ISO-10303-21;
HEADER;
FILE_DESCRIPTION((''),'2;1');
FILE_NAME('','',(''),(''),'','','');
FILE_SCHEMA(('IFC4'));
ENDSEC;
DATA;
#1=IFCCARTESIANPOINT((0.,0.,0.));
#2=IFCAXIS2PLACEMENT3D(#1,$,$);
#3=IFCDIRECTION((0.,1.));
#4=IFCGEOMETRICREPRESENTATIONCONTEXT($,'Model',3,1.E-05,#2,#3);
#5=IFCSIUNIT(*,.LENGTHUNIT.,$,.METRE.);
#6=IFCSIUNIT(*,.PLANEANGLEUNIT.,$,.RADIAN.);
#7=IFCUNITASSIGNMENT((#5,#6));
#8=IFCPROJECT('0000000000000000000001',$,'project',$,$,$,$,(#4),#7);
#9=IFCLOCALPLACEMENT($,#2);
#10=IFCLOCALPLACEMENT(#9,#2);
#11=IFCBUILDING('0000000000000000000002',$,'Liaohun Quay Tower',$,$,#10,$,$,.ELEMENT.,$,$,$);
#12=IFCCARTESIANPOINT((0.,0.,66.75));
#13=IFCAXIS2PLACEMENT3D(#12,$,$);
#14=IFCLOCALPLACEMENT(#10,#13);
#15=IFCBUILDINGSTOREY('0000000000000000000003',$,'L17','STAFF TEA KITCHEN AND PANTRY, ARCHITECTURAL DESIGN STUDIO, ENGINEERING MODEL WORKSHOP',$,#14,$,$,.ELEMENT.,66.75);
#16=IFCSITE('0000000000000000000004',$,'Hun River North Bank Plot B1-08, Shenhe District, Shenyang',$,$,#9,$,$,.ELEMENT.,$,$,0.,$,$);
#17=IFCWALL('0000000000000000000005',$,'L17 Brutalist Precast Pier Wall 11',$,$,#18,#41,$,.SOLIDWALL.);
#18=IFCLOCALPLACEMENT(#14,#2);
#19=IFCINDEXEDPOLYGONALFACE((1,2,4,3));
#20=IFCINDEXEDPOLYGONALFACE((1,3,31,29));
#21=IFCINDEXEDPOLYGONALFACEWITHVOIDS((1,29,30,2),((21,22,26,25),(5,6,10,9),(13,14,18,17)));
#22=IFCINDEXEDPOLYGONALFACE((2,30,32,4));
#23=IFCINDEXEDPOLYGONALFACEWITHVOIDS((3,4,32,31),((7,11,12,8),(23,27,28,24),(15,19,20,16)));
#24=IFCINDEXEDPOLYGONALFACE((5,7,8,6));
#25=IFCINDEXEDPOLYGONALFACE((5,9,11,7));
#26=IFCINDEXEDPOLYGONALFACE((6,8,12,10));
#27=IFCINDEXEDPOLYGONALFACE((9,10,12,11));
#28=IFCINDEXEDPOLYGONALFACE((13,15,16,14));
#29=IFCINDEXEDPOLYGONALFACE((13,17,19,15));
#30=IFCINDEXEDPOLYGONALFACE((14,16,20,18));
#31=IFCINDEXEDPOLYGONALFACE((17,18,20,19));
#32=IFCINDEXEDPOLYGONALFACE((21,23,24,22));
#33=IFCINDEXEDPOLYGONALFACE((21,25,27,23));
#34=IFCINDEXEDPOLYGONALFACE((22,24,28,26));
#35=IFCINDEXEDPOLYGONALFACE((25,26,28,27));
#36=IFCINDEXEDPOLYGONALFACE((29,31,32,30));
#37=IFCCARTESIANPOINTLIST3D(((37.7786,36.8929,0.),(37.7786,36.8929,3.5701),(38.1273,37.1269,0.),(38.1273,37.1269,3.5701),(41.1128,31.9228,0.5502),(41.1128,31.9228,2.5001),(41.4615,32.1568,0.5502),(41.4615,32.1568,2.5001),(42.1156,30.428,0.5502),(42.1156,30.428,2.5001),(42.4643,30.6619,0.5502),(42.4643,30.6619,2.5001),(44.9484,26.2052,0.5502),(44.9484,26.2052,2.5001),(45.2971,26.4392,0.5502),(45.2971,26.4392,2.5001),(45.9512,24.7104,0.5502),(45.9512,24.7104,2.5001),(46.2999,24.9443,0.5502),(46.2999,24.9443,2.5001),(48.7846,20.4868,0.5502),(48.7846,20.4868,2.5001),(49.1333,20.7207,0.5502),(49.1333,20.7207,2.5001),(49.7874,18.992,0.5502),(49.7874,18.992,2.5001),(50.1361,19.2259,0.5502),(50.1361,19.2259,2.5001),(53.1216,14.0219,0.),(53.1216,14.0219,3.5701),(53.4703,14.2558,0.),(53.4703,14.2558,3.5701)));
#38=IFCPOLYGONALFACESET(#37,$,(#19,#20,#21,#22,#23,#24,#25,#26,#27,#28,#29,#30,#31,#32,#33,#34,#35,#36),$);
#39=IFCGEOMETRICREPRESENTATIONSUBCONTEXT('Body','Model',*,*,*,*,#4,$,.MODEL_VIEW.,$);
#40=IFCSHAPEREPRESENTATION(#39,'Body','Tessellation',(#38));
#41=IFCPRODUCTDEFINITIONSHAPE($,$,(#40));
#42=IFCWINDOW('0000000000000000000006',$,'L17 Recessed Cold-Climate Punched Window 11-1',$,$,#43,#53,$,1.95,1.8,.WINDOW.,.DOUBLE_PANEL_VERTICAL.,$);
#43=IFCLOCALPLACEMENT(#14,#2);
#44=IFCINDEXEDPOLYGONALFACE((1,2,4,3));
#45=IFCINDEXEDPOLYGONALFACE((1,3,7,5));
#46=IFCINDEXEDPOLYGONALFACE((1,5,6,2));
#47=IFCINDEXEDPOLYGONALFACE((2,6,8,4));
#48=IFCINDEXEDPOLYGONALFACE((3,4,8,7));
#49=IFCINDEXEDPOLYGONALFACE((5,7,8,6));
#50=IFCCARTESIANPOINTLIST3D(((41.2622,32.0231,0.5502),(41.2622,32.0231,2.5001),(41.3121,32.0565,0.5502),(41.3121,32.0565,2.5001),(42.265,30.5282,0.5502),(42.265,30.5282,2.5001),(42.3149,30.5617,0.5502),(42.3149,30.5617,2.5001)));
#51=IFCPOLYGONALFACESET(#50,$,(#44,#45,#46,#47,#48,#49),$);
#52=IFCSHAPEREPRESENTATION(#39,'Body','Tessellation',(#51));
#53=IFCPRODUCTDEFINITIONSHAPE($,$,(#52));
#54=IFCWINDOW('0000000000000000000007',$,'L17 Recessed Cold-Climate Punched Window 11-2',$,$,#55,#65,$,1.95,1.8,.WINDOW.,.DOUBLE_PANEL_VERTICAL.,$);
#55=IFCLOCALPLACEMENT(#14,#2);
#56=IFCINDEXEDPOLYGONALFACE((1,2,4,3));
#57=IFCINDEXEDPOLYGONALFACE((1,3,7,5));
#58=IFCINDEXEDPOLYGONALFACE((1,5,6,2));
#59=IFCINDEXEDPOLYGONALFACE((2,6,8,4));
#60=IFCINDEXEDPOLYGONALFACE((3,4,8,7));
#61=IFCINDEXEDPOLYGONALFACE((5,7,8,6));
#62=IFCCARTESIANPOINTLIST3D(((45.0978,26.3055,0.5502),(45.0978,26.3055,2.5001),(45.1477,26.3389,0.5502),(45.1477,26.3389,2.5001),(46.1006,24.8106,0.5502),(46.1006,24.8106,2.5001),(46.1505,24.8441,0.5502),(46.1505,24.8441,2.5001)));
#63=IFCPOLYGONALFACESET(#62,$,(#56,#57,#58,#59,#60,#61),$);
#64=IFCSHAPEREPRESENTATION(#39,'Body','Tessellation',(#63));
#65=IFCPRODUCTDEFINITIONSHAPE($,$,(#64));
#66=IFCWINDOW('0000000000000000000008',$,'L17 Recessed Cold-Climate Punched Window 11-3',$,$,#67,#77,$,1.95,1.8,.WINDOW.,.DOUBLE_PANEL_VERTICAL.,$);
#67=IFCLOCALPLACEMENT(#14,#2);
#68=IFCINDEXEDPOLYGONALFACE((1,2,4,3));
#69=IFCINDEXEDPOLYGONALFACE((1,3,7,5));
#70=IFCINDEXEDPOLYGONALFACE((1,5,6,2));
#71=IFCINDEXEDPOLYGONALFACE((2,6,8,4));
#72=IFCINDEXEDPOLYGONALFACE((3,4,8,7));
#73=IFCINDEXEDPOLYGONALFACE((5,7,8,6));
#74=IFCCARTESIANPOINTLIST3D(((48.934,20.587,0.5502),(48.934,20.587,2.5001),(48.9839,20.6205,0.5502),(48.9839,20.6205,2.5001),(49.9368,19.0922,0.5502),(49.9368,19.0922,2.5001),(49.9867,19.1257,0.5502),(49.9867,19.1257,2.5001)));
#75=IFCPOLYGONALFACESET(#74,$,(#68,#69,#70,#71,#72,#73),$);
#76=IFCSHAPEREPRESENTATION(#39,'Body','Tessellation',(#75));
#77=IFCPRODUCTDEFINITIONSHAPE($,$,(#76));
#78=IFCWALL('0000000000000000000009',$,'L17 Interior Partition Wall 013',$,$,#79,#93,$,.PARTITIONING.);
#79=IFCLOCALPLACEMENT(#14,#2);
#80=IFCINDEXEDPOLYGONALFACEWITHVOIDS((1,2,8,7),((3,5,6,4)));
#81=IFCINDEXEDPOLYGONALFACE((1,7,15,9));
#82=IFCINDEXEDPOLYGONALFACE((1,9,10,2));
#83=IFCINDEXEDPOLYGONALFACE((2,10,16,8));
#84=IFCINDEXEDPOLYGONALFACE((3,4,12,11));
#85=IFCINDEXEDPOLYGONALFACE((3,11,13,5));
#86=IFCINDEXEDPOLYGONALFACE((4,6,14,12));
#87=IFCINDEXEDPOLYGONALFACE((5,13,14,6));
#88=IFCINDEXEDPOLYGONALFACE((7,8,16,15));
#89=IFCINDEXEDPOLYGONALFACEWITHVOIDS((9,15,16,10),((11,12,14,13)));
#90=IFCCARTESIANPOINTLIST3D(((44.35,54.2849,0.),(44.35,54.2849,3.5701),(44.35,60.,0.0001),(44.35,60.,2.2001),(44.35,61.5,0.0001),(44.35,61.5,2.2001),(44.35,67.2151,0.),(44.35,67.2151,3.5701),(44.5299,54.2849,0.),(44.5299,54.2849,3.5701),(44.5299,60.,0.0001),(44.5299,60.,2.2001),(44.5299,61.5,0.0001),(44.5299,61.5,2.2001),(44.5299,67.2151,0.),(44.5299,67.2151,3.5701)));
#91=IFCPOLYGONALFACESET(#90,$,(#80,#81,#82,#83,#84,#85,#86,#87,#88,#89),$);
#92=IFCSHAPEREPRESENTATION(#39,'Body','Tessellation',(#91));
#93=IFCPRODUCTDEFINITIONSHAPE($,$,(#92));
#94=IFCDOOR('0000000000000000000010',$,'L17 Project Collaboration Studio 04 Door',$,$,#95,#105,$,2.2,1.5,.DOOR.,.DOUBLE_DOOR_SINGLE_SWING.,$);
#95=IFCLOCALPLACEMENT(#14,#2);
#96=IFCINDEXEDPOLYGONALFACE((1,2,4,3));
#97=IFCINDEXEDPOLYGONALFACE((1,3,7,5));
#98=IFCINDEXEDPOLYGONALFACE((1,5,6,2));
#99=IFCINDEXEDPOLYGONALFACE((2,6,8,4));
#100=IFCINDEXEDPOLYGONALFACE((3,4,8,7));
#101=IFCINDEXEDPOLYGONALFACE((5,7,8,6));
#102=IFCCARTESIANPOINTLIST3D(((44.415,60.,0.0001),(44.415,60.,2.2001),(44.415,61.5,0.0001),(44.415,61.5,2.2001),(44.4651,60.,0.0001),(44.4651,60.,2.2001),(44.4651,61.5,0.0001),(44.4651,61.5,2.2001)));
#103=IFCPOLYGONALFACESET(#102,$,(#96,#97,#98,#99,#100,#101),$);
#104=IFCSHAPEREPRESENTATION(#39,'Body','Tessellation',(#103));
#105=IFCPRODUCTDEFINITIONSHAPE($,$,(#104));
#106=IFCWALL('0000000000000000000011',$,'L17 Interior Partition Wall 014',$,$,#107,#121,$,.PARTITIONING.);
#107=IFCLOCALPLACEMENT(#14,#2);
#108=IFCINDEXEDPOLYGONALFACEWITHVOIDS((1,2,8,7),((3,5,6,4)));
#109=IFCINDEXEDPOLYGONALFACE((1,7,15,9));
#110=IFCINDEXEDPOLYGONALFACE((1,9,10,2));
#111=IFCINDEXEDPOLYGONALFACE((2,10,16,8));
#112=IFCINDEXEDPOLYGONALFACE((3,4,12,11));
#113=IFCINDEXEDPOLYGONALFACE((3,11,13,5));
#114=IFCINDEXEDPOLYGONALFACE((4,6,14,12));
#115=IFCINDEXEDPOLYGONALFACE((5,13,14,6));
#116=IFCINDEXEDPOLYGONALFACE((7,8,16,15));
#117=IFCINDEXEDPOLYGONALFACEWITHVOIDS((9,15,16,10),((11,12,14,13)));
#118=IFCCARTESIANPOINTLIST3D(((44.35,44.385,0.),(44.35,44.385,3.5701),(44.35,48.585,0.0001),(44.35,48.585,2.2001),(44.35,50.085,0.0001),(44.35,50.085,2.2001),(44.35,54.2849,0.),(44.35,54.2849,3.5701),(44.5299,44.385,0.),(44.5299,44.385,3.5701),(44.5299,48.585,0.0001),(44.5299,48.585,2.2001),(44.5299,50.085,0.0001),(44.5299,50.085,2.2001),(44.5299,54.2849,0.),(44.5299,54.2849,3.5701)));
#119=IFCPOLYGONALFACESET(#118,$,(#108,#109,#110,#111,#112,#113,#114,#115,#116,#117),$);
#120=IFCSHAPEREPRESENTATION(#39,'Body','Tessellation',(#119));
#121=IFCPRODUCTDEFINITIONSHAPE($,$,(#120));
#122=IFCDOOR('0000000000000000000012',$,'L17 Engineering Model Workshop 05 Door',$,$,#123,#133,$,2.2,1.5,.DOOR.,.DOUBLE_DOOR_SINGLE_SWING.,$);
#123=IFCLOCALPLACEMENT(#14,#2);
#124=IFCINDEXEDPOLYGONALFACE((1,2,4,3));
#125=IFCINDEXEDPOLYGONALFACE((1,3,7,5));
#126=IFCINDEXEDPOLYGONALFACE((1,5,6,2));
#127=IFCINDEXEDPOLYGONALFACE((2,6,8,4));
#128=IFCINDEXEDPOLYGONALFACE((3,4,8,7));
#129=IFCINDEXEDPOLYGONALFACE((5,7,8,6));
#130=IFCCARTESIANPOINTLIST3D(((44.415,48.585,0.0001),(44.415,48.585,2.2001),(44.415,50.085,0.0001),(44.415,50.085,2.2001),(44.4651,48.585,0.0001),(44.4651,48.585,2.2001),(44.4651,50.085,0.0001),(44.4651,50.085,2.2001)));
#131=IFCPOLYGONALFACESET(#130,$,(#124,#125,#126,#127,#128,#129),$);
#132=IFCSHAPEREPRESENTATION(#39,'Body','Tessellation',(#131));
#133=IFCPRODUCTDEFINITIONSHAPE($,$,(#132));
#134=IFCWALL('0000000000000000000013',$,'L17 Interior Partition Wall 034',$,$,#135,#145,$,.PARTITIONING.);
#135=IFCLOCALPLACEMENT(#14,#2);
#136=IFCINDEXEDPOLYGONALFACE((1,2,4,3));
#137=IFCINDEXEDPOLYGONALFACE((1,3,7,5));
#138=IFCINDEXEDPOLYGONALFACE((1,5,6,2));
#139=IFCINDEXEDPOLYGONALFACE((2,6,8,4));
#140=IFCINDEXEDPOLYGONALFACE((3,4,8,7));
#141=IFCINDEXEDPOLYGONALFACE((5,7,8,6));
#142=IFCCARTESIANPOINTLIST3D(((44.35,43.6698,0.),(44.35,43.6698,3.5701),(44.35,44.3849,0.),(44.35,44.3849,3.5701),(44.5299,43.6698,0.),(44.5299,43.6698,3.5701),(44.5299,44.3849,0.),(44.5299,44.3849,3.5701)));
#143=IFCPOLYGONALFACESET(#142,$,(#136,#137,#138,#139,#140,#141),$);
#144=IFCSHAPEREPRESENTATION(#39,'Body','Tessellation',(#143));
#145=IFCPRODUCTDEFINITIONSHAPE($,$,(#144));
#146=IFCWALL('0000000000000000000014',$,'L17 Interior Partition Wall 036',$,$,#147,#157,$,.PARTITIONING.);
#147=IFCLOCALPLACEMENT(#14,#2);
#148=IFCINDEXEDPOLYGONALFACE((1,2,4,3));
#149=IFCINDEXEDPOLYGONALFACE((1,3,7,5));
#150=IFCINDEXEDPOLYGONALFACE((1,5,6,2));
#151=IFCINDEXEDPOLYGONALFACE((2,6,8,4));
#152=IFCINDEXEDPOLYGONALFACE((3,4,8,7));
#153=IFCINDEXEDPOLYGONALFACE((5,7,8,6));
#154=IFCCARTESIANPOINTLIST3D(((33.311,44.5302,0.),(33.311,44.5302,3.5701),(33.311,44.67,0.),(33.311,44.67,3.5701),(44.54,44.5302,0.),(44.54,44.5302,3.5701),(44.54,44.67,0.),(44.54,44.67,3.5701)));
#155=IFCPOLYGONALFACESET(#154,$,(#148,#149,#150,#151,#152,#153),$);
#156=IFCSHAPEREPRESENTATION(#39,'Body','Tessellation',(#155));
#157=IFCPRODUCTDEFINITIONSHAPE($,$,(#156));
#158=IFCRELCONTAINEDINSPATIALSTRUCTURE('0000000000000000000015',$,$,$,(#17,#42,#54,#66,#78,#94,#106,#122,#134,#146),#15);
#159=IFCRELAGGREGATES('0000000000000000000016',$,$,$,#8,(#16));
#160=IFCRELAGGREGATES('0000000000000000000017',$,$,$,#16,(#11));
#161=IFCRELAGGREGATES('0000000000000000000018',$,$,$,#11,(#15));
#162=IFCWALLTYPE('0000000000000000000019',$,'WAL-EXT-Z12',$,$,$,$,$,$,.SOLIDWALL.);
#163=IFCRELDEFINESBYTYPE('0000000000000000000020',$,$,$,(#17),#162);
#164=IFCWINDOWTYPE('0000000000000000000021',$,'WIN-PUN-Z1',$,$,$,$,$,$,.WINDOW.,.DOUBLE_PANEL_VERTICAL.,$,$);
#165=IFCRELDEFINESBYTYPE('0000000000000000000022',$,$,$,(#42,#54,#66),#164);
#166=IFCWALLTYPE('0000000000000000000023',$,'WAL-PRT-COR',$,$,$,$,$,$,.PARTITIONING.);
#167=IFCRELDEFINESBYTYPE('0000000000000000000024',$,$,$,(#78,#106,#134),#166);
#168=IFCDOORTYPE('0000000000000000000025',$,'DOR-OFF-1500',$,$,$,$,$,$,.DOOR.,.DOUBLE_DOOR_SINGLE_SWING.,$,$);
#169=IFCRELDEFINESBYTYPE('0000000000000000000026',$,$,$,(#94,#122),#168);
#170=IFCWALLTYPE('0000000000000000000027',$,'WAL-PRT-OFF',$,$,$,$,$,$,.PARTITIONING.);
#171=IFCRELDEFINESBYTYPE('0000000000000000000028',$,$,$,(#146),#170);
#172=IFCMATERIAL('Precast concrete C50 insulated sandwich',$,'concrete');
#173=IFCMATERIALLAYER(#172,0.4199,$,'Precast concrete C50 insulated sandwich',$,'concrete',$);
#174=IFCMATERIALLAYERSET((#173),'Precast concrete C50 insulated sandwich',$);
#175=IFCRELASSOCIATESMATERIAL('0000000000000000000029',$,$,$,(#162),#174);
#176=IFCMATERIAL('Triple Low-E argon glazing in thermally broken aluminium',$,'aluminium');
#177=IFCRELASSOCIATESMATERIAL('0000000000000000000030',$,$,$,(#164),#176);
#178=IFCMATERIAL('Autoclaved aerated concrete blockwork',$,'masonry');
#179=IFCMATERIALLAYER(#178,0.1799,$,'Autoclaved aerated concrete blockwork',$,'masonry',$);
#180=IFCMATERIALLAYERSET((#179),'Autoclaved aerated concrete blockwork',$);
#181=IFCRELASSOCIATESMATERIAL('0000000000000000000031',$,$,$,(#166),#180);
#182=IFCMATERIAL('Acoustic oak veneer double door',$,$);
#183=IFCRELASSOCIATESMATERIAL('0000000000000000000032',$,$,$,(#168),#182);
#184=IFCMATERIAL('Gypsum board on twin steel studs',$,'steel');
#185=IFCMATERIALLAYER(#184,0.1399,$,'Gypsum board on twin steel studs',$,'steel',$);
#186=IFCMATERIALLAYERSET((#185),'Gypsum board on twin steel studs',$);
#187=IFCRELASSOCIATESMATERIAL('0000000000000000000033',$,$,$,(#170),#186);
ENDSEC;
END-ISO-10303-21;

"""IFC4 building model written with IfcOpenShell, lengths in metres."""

from ifc_helpers import new_model, si_unit, direction, frame, frame_2d, origin, place, context, subcontext, project, spatial, rectangle, extrude, source, transform, mapped, material, layer, layer_set, type_object, element, fill, save


model = new_model("IFC4")

# Units and contexts
model_context = context("Model", 3, precision=1e-05, world=origin(), true_north=direction((0.0, 1.0)))
body_context = subcontext(model_context, "Body", "Model", "MODEL_VIEW")
ifc_project = project(units=[si_unit("LENGTHUNIT", "METRE"), si_unit("PLANEANGLEUNIT", "RADIAN")], contexts=[model_context])

# Site, building, storey
site_placement = place(None, origin())
site = spatial("IfcSite", under=ifc_project, at=site_placement, Name="Hun River North Bank Plot B1-08, Shenhe District, Shenyang", CompositionType="ELEMENT", RefElevation=0.0)
building_placement = place(site_placement, origin())
building = spatial("IfcBuilding", under=site, at=building_placement, Name="Liaohun Quay Tower", CompositionType="ELEMENT")
storey_placement = place(building_placement, frame((0.0, 0.0, 66.75)))
storey = spatial("IfcBuildingStorey", under=building, at=storey_placement, Name="L17", Description="STAFF TEA KITCHEN AND PANTRY, ARCHITECTURAL DESIGN STUDIO, ENGINEERING MODEL WORKSHOP", CompositionType="ELEMENT", Elevation=66.75)

# Wall, openings, windows
ifc_material_1 = material(Name="Precast concrete C50 insulated sandwich", Category="concrete")
ifc_layer_1 = layer(ifc_material_1, 0.4199, Name="Precast concrete C50 insulated sandwich", Category="concrete")
ifc_layer_set_1 = layer_set([ifc_layer_1], Name="Precast concrete C50 insulated sandwich")
wall_type_1 = type_object("IfcWallType", Name="WAL-EXT-Z12", PredefinedType="SOLIDWALL", material=ifc_layer_set_1)
wall_1_placement = place(storey_placement, frame((37.9529, 37.01, 0.0), z_axis=(0.0, 0.0, 1.0), x_axis=(0.557102, -0.830444, 0.0)))
wall_1 = element("IfcWall", 1, at=wall_1_placement, inside=storey, type_object=wall_type_1, Name="L17 Brutalist Precast Pier Wall 11", PredefinedType="SOLIDWALL", context=body_context, shape_type="SweptSolid", body=[
    extrude(rectangle(XDim=27.5408, YDim=0.4199, at=frame_2d((13.7705, 0.0))), origin(), (0.0, 0.0, 1.0), 3.5701),
])
shared_shape_1 = source(origin(), body_context, "Body", "SweptSolid", [
    extrude(rectangle(XDim=1.8, YDim=1.95, at=frame_2d((0.8999, 0.9751))), frame((0.0, 0.22, 0.0), z_axis=(0.0, -1.0, 0.0), x_axis=(1.0, 0.0, 0.0)), (0.0, 0.0, 1.0), 0.4399),
])
opening_1_placement = place(wall_1_placement, frame((5.9851, 0.0, 0.55)))
opening_1 = element("IfcOpeningElement", 2, at=opening_1_placement, cuts=wall_1, PredefinedType="OPENING", context=body_context, shape_type="MappedRepresentation", body=[
    mapped(shared_shape_1, transform((0.0, 0.0, 0.0), x_axis=(1.0, 0.0, 0.0), y_axis=(0.0, 1.0, 0.0), z_axis=(0.0, 0.0, 1.0), scale=1.0)),
])
opening_2_placement = place(wall_1_placement, frame((12.8701, 0.0, 0.55)))
opening_2 = element("IfcOpeningElement", 3, at=opening_2_placement, cuts=wall_1, PredefinedType="OPENING", context=body_context, shape_type="MappedRepresentation", body=[
    mapped(shared_shape_1, transform((0.0, 0.0, 0.0), x_axis=(1.0, 0.0, 0.0), y_axis=(0.0, 1.0, 0.0), z_axis=(0.0, 0.0, 1.0), scale=1.0)),
])
opening_3_placement = place(wall_1_placement, frame((19.7561, 0.0, 0.55)))
opening_3 = element("IfcOpeningElement", 4, at=opening_3_placement, cuts=wall_1, PredefinedType="OPENING", context=body_context, shape_type="MappedRepresentation", body=[
    mapped(shared_shape_1, transform((0.0, 0.0, 0.0), x_axis=(1.0, 0.0, 0.0), y_axis=(0.0, 1.0, 0.0), z_axis=(0.0, 0.0, 1.0), scale=1.0)),
])
ifc_material_2 = material(Name="Triple Low-E argon glazing in thermally broken aluminium", Category="aluminium")
window_type = type_object("IfcWindowType", Name="WIN-PUN-Z1", PartitioningType="DOUBLE_PANEL_VERTICAL", PredefinedType="WINDOW", material=ifc_material_2)
shared_shape_2 = source(origin(), body_context, "Body", "SweptSolid", [
    extrude(rectangle(XDim=1.8, YDim=1.95, at=frame_2d((0.8999, 0.9751))), frame((0.0, 0.03, 0.0), z_axis=(0.0, -1.0, 0.0), x_axis=(1.0, 0.0, 0.0)), (0.0, 0.0, 1.0), 0.0601),
])
window_1_placement = place(opening_1_placement, origin())
window_1 = element("IfcWindow", 5, at=window_1_placement, inside=storey, type_object=window_type, Name="L17 Recessed Cold-Climate Punched Window 11-1", OverallHeight=1.95, OverallWidth=1.8, PartitioningType="DOUBLE_PANEL_VERTICAL", PredefinedType="WINDOW", context=body_context, shape_type="MappedRepresentation", body=[
    mapped(shared_shape_2, transform((0.0, 0.0, 0.0), x_axis=(1.0, 0.0, 0.0), y_axis=(0.0, 1.0, 0.0), z_axis=(0.0, 0.0, 1.0), scale=1.0)),
])
fill(opening_1, window_1)
window_2_placement = place(opening_2_placement, origin())
window_2 = element("IfcWindow", 6, at=window_2_placement, inside=storey, type_object=window_type, Name="L17 Recessed Cold-Climate Punched Window 11-2", OverallHeight=1.95, OverallWidth=1.8, PartitioningType="DOUBLE_PANEL_VERTICAL", PredefinedType="WINDOW", context=body_context, shape_type="MappedRepresentation", body=[
    mapped(shared_shape_2, transform((0.0, 0.0, 0.0), x_axis=(1.0, 0.0, 0.0), y_axis=(0.0, 1.0, 0.0), z_axis=(0.0, 0.0, 1.0), scale=1.0)),
])
fill(opening_2, window_2)
window_3_placement = place(opening_3_placement, origin())
window_3 = element("IfcWindow", 7, at=window_3_placement, inside=storey, type_object=window_type, Name="L17 Recessed Cold-Climate Punched Window 11-3", OverallHeight=1.95, OverallWidth=1.8, PartitioningType="DOUBLE_PANEL_VERTICAL", PredefinedType="WINDOW", context=body_context, shape_type="MappedRepresentation", body=[
    mapped(shared_shape_2, transform((0.0, 0.0, 0.0), x_axis=(1.0, 0.0, 0.0), y_axis=(0.0, 1.0, 0.0), z_axis=(0.0, 0.0, 1.0), scale=1.0)),
])
fill(opening_3, window_3)

# Walls, openings, doors
ifc_material_3 = material(Name="Autoclaved aerated concrete blockwork", Category="masonry")
ifc_layer_2 = layer(ifc_material_3, 0.1799, Name="Autoclaved aerated concrete blockwork", Category="masonry")
ifc_layer_set_2 = layer_set([ifc_layer_2], Name="Autoclaved aerated concrete blockwork")
wall_type_2 = type_object("IfcWallType", Name="WAL-PRT-COR", PredefinedType="PARTITIONING", material=ifc_layer_set_2)
wall_2_placement = place(storey_placement, frame((44.4399, 54.2849, 0.0), z_axis=(0.0, 0.0, 1.0), x_axis=(0.0, 1.0, 0.0)))
wall_2 = element("IfcWall", 8, at=wall_2_placement, inside=storey, type_object=wall_type_2, Name="L17 Interior Partition Wall 013", PredefinedType="PARTITIONING", context=body_context, shape_type="SweptSolid", body=[
    extrude(rectangle(XDim=12.9302, YDim=0.1799, at=frame_2d((6.4651, 0.0))), origin(), (0.0, 0.0, 1.0), 3.5701),
])
shared_shape_3 = source(origin(), body_context, "Body", "SweptSolid", [
    extrude(rectangle(XDim=1.5, YDim=2.2, at=frame_2d((0.75, 1.1001))), frame((0.0, 0.0999, 0.0), z_axis=(0.0, -1.0, 0.0), x_axis=(1.0, 0.0, 0.0)), (0.0, 0.0, 1.0), 0.2),
])
opening_4_placement = place(wall_2_placement, frame((5.7151, 0.0, 0.0)))
opening_4 = element("IfcOpeningElement", 9, at=opening_4_placement, cuts=wall_2, PredefinedType="OPENING", context=body_context, shape_type="MappedRepresentation", body=[
    mapped(shared_shape_3, transform((0.0, 0.0, 0.0), x_axis=(1.0, 0.0, 0.0), y_axis=(0.0, 1.0, 0.0), z_axis=(0.0, 0.0, 1.0), scale=1.0)),
])
ifc_material_4 = material(Name="Acoustic oak veneer double door")
door_type_1 = type_object("IfcDoorType", Name="DOR-OFF-1500", OperationType="DOUBLE_DOOR_SINGLE_SWING", PredefinedType="DOOR", material=ifc_material_4)
shared_shape_4 = source(origin(), body_context, "Body", "SweptSolid", [
    extrude(rectangle(XDim=1.5, YDim=2.2, at=frame_2d((0.75, 1.1001))), frame((0.0, 0.0249, 0.0), z_axis=(0.0, -1.0, 0.0), x_axis=(1.0, 0.0, 0.0)), (0.0, 0.0, 1.0), 0.05),
])
door_1_placement = place(opening_4_placement, origin())
door_1 = element("IfcDoor", 10, at=door_1_placement, inside=storey, type_object=door_type_1, Name="L17 Project Collaboration Studio 04 Door", OperationType="DOUBLE_DOOR_SINGLE_SWING", OverallHeight=2.2, OverallWidth=1.5, PredefinedType="DOOR", context=body_context, shape_type="MappedRepresentation", body=[
    mapped(shared_shape_4, transform((0.0, 0.0, 0.0), x_axis=(1.0, 0.0, 0.0), y_axis=(0.0, 1.0, 0.0), z_axis=(0.0, 0.0, 1.0), scale=1.0)),
])
fill(opening_4, door_1)
wall_3_placement = place(storey_placement, frame((44.4399, 44.385, 0.0), z_axis=(0.0, 0.0, 1.0), x_axis=(0.0, 1.0, 0.0)))
wall_3 = element("IfcWall", 11, at=wall_3_placement, inside=storey, type_object=wall_type_2, Name="L17 Interior Partition Wall 014", PredefinedType="PARTITIONING", context=body_context, shape_type="SweptSolid", body=[
    extrude(rectangle(XDim=9.8999, YDim=0.1799, at=frame_2d((4.95, 0.0))), origin(), (0.0, 0.0, 1.0), 3.5701),
])
opening_5_placement = place(wall_3_placement, frame((4.2, 0.0, 0.0)))
opening_5 = element("IfcOpeningElement", 12, at=opening_5_placement, cuts=wall_3, PredefinedType="OPENING", context=body_context, shape_type="MappedRepresentation", body=[
    mapped(shared_shape_3, transform((0.0, 0.0, 0.0), x_axis=(1.0, 0.0, 0.0), y_axis=(0.0, 1.0, 0.0), z_axis=(0.0, 0.0, 1.0), scale=1.0)),
])
door_2_placement = place(opening_5_placement, origin())
door_2 = element("IfcDoor", 13, at=door_2_placement, inside=storey, type_object=door_type_1, Name="L17 Engineering Model Workshop 05 Door", OperationType="DOUBLE_DOOR_SINGLE_SWING", OverallHeight=2.2, OverallWidth=1.5, PredefinedType="DOOR", context=body_context, shape_type="MappedRepresentation", body=[
    mapped(shared_shape_4, transform((0.0, 0.0, 0.0), x_axis=(1.0, 0.0, 0.0), y_axis=(0.0, 1.0, 0.0), z_axis=(0.0, 0.0, 1.0), scale=1.0)),
])
fill(opening_5, door_2)

# Walls
wall_4_placement = place(storey_placement, frame((44.4399, 43.6699, 0.0), z_axis=(0.0, 0.0, 1.0), x_axis=(0.0, 1.0, 0.0)))
element("IfcWall", 14, at=wall_4_placement, inside=storey, type_object=wall_type_2, Name="L17 Interior Partition Wall 034", PredefinedType="PARTITIONING", context=body_context, shape_type="SweptSolid", body=[
    extrude(rectangle(XDim=0.7151, YDim=0.1799, at=frame_2d((0.3574, 0.0))), origin(), (0.0, 0.0, 1.0), 3.5701),
])
ifc_material_5 = material(Name="Gypsum board on twin steel studs", Category="steel")
ifc_layer_3 = layer(ifc_material_5, 0.1399, Name="Gypsum board on twin steel studs", Category="steel")
ifc_layer_set_3 = layer_set([ifc_layer_3], Name="Gypsum board on twin steel studs")
wall_type_3 = type_object("IfcWallType", Name="WAL-PRT-OFF", PredefinedType="PARTITIONING", material=ifc_layer_set_3)
wall_5_placement = place(storey_placement, frame((44.54, 44.6001, 0.0), z_axis=(0.0, 0.0, 1.0), x_axis=(-1.0, 0.0, 0.0)))
element("IfcWall", 15, at=wall_5_placement, inside=storey, type_object=wall_type_3, Name="L17 Interior Partition Wall 036", PredefinedType="PARTITIONING", context=body_context, shape_type="SweptSolid", body=[
    extrude(rectangle(XDim=11.229, YDim=0.1399, at=frame_2d((5.6145, 0.0))), origin(), (0.0, 0.0, 1.0), 3.5701),
])

save(model, "model.ifc")
